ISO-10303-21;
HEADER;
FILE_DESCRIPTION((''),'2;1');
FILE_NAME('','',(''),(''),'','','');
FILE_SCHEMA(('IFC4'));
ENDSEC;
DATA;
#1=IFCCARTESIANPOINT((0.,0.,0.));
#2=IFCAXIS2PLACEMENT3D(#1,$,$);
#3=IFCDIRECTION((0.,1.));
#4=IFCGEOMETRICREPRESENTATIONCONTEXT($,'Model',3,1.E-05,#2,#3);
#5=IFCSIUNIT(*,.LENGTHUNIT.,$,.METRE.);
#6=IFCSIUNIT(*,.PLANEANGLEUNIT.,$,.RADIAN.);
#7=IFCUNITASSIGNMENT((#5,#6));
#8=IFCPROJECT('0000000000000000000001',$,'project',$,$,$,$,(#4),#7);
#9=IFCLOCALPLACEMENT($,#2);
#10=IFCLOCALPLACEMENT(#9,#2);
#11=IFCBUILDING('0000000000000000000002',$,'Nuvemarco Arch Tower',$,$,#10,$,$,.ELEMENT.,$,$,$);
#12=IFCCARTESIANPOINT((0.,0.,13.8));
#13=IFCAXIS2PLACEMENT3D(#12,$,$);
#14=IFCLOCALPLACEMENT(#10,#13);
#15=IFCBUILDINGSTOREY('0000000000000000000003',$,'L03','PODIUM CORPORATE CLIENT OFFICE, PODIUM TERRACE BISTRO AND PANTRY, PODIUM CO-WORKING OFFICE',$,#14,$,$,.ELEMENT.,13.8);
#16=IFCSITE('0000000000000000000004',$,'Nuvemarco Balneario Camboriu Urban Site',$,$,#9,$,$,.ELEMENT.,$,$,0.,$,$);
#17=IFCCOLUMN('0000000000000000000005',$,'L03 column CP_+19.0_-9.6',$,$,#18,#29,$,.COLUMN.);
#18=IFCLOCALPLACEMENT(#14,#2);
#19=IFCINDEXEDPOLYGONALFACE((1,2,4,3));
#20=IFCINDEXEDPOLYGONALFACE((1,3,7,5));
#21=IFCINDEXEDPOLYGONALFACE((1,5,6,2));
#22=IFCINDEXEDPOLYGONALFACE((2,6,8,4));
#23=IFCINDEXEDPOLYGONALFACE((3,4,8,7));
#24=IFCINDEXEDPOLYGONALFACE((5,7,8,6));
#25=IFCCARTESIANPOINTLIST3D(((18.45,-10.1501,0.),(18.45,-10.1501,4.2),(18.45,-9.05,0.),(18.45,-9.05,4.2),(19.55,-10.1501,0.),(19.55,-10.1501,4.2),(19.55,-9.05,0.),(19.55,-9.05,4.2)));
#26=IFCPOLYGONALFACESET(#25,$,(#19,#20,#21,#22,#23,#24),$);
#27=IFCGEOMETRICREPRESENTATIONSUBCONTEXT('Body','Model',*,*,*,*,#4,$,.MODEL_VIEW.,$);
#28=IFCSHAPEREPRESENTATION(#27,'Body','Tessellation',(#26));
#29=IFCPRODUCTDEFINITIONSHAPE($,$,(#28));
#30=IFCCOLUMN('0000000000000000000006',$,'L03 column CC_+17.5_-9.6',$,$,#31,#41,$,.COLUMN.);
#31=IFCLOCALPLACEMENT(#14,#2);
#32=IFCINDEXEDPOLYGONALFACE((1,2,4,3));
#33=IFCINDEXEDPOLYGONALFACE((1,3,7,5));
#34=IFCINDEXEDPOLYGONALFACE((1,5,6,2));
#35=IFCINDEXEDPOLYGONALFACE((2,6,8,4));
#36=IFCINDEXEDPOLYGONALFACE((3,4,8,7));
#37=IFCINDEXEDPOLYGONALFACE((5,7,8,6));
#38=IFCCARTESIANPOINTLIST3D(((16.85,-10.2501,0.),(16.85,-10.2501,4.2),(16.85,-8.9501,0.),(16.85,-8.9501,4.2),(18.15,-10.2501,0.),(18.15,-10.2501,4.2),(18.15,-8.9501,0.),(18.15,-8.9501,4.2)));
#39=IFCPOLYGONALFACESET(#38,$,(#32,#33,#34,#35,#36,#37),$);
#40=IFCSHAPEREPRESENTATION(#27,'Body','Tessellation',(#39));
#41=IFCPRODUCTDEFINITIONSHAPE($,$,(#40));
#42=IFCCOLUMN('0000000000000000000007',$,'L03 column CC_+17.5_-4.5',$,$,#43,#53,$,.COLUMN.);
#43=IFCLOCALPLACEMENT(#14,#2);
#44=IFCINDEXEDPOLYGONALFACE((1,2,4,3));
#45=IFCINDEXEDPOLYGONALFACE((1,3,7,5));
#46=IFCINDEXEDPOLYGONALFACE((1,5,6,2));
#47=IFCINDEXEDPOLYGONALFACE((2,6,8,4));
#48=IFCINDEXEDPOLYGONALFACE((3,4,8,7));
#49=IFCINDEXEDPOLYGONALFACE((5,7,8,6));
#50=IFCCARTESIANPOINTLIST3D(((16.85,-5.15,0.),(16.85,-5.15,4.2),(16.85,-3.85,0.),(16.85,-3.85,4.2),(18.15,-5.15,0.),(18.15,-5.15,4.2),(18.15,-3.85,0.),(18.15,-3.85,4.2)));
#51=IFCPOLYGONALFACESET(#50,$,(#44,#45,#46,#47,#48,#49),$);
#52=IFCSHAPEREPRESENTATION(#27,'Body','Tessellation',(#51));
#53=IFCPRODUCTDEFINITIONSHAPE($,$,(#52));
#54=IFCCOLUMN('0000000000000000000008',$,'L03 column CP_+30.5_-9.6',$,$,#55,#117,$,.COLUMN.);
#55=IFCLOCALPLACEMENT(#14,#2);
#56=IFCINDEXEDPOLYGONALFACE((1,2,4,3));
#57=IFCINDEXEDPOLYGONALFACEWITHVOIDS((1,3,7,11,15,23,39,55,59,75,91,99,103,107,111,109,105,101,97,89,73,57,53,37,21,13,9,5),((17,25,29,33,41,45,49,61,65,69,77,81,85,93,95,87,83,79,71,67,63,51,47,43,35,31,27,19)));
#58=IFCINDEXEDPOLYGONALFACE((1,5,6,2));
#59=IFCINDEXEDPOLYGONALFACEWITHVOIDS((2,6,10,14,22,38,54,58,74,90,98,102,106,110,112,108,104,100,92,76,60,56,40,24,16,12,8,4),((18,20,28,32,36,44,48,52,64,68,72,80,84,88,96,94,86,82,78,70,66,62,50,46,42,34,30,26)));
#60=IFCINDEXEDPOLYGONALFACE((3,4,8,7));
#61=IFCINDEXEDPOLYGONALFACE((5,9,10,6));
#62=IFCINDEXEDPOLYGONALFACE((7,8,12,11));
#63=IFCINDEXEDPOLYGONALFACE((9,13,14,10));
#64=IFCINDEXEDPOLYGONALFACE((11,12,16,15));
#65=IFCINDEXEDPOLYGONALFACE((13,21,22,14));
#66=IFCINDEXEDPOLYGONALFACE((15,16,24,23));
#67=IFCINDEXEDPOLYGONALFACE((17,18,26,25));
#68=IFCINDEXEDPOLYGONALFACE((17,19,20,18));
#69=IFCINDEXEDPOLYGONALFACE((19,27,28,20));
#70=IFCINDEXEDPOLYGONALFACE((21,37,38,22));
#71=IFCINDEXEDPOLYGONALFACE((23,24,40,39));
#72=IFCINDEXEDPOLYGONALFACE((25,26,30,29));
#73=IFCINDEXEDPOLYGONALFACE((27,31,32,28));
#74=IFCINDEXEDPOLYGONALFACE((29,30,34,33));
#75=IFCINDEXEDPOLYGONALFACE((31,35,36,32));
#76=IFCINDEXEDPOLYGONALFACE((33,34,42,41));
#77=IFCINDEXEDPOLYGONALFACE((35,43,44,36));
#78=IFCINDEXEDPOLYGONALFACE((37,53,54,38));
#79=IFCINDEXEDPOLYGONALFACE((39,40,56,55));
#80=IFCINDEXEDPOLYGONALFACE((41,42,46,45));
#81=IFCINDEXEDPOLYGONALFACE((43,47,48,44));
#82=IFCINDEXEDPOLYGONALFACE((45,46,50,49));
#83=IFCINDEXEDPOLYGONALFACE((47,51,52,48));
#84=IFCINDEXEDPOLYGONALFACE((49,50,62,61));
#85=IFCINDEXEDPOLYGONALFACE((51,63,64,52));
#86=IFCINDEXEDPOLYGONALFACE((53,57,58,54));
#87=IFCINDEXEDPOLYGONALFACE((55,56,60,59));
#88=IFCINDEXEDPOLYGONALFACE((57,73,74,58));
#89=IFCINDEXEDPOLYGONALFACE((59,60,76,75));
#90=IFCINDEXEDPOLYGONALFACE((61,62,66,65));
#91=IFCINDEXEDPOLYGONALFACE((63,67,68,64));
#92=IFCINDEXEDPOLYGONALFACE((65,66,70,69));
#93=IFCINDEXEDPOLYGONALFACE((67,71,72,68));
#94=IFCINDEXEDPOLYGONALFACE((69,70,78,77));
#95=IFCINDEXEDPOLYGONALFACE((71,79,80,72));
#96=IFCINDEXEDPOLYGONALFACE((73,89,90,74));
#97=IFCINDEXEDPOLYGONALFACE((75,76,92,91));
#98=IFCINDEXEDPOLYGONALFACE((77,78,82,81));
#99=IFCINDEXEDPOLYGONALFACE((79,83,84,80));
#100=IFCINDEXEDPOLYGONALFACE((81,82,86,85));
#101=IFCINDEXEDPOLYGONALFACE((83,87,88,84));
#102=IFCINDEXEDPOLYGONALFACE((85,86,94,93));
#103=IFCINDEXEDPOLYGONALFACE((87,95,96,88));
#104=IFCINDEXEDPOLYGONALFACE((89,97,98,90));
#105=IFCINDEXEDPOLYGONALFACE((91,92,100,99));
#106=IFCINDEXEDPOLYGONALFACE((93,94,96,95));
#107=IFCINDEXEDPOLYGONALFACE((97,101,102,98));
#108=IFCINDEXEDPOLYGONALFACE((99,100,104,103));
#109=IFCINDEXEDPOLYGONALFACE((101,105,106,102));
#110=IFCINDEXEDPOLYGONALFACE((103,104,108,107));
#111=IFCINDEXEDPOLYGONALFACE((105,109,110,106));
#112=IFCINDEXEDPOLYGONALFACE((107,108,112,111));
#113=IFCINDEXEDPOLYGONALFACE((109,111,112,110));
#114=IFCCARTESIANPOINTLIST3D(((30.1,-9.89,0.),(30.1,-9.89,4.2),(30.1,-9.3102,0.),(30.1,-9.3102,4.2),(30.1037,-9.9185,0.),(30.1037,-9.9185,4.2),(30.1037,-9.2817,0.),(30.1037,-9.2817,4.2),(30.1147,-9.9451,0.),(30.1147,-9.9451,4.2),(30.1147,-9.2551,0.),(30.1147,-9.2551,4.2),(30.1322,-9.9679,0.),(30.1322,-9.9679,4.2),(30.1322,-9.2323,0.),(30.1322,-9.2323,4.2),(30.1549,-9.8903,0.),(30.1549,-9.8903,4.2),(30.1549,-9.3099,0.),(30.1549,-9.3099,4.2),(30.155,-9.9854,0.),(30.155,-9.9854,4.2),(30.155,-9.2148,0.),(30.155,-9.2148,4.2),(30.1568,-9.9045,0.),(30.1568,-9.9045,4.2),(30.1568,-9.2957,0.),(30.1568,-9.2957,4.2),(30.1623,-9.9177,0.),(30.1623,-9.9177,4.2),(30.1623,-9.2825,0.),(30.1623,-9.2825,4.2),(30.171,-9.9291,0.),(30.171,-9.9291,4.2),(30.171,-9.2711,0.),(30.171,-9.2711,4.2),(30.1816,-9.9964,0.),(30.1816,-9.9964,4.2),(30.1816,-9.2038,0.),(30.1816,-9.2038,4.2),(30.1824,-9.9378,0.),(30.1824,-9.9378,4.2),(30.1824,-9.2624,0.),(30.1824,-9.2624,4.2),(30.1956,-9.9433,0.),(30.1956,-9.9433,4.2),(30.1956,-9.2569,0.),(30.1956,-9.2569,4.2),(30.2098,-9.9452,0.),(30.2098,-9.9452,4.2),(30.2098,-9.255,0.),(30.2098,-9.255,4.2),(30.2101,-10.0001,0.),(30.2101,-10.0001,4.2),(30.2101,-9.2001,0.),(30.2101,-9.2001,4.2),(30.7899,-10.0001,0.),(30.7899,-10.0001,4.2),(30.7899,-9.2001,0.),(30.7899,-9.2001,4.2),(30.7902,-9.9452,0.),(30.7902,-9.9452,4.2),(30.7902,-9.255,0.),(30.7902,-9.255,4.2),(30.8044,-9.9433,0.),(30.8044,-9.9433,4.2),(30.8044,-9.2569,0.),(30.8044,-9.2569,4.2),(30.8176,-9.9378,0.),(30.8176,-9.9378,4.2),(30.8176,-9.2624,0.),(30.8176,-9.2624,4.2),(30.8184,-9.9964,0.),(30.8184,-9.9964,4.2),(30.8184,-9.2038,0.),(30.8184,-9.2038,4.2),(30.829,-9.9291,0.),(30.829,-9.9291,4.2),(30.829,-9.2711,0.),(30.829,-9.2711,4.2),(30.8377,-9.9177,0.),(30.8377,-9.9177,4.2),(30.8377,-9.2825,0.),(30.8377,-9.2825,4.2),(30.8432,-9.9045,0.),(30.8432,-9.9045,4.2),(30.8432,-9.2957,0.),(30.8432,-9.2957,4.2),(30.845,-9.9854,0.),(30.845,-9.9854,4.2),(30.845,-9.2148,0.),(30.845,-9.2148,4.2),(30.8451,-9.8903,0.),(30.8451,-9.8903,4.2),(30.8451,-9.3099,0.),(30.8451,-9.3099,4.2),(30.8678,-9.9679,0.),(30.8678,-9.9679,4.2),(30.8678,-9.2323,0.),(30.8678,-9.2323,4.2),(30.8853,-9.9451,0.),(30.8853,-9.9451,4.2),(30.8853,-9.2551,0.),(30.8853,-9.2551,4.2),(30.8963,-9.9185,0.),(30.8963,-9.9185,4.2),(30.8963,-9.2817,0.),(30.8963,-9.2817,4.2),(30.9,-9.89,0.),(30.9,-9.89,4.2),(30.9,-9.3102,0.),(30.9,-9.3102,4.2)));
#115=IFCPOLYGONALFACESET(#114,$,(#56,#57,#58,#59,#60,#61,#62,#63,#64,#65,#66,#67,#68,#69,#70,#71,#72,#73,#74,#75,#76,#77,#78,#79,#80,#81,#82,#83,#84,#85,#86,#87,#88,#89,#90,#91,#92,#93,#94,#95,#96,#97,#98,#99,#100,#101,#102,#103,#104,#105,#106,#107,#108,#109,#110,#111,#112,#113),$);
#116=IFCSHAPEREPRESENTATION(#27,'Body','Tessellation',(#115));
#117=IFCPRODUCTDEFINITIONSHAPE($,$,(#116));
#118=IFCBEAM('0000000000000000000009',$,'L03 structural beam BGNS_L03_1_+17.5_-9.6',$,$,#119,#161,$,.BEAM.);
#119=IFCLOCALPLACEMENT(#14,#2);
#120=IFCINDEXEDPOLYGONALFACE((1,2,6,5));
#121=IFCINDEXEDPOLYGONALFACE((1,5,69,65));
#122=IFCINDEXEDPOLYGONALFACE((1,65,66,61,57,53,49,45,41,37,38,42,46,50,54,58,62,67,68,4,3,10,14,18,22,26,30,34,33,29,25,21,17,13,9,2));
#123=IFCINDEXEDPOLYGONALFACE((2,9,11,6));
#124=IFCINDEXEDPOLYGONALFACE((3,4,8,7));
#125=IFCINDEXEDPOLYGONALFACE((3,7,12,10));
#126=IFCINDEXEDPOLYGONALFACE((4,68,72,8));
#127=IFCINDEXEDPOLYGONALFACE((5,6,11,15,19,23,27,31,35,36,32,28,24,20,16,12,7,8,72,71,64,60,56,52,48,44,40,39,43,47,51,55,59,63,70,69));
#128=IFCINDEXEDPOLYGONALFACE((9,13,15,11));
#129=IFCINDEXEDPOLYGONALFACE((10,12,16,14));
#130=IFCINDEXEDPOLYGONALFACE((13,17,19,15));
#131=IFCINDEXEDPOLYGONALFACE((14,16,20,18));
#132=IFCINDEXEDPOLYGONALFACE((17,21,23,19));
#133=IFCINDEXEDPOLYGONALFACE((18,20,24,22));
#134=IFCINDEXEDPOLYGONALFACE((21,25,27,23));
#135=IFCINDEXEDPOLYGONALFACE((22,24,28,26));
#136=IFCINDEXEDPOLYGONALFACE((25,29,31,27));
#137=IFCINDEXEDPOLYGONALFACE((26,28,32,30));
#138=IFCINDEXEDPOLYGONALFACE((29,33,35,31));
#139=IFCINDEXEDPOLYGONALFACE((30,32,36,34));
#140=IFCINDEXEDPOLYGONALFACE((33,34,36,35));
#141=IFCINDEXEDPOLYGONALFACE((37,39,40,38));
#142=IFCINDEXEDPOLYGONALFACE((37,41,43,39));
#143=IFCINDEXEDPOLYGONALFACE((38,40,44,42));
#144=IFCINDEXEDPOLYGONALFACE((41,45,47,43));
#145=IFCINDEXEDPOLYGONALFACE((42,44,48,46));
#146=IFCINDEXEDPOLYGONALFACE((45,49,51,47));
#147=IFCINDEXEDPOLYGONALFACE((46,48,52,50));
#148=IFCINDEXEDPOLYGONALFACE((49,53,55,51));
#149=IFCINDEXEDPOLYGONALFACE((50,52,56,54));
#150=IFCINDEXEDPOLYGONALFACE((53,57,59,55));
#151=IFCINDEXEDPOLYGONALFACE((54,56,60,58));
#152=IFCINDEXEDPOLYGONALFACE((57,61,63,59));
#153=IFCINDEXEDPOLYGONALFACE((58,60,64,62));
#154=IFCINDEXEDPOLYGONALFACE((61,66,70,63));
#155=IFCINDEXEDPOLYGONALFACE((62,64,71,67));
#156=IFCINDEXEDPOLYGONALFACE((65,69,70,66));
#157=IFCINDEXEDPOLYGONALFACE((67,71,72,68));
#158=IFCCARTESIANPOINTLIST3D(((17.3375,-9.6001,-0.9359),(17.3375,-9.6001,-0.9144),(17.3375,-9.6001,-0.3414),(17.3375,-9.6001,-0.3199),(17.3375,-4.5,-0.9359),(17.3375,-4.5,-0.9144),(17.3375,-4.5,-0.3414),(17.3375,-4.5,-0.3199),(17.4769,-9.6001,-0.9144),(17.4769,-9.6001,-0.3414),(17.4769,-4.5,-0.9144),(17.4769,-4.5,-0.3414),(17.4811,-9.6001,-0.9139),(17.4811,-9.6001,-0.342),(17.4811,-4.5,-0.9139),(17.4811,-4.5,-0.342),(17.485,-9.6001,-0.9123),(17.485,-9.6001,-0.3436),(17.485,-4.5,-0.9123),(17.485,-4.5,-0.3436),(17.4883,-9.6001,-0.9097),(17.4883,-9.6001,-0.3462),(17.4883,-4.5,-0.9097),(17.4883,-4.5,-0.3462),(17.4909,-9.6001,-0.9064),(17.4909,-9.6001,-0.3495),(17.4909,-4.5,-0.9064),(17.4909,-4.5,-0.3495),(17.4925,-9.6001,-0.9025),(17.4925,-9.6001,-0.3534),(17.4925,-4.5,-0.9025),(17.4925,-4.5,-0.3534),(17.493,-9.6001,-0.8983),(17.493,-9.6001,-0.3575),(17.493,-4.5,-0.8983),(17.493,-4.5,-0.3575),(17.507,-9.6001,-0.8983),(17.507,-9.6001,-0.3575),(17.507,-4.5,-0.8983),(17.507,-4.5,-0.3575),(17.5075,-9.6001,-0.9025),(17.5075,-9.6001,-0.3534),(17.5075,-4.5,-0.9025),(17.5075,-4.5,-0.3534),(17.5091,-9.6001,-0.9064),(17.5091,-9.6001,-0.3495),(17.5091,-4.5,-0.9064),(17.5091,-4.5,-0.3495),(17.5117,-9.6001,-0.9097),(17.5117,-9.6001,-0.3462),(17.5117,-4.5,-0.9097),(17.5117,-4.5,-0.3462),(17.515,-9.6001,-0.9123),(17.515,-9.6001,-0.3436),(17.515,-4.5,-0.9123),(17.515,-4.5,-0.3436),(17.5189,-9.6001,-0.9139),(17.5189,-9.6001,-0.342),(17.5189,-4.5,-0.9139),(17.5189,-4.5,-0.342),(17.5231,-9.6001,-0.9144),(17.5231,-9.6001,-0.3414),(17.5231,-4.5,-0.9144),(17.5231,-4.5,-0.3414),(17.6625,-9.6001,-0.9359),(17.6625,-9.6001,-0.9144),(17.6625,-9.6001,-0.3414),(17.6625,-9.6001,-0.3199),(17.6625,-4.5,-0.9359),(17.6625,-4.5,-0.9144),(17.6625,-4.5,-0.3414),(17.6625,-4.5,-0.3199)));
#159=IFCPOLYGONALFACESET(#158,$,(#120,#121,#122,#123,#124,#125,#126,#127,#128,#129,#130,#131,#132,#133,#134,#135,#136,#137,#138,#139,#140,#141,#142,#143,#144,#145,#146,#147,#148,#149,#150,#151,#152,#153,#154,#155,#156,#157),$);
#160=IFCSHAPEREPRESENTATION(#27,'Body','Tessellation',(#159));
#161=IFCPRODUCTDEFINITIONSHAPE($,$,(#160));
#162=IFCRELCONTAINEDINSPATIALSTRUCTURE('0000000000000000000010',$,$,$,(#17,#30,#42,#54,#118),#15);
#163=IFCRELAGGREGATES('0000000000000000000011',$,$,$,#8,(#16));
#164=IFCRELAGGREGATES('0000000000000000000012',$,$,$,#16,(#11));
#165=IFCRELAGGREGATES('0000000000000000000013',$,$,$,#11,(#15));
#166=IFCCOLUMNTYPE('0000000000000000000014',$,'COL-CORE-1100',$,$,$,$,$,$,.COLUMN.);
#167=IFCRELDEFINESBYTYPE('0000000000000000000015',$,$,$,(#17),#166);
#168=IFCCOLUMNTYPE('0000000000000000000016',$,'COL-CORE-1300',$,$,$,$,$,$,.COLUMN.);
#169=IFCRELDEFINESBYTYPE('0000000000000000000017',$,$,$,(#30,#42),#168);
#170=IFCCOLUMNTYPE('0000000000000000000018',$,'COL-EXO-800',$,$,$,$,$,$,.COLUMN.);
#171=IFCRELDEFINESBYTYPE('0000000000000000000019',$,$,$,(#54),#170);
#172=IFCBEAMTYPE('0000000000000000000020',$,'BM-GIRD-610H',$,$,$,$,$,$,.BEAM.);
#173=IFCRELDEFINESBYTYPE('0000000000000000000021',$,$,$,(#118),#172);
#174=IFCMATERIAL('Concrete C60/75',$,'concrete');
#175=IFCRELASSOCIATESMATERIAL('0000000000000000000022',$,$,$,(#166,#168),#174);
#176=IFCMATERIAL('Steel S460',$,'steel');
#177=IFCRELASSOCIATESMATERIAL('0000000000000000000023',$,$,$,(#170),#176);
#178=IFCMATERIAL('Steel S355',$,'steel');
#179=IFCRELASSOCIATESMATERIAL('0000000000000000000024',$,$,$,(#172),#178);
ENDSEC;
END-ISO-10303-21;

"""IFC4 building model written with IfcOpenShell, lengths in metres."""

from ifc_helpers import new_model, si_unit, direction, frame, origin, origin_2d, place, context, subcontext, project, spatial, rectangle, hollow_rectangle, i_section, extrude, material, material_profile, profile_set, type_object, element, save


model = new_model("IFC4")

# Units and contexts
model_context = context("Model", 3, precision=1e-05, world=origin(), true_north=direction((0.0, 1.0)))
body_context = subcontext(model_context, "Body", "Model", "MODEL_VIEW")
ifc_project = project(units=[si_unit("LENGTHUNIT", "METRE"), si_unit("PLANEANGLEUNIT", "RADIAN")], contexts=[model_context])

# Site, building, storey
site_placement = place(None, origin())
site = spatial("IfcSite", under=ifc_project, at=site_placement, Name="Nuvemarco Balneario Camboriu Urban Site", CompositionType="ELEMENT", RefElevation=0.0)
building_placement = place(site_placement, origin())
building = spatial("IfcBuilding", under=site, at=building_placement, Name="Nuvemarco Arch Tower", CompositionType="ELEMENT")
storey_placement = place(building_placement, frame((0.0, 0.0, 13.8)))
storey = spatial("IfcBuildingStorey", under=building, at=storey_placement, Name="L03", Description="PODIUM CORPORATE CLIENT OFFICE, PODIUM TERRACE BISTRO AND PANTRY, PODIUM CO-WORKING OFFICE", CompositionType="ELEMENT", Elevation=13.8)

# Columns
ifc_material_1 = material(Name="Concrete C60/75", Category="concrete")
ifc_material_profile_1 = material_profile(ifc_material_1, rectangle(XDim=1.1001, YDim=1.1001, at=origin_2d()), Name="RC-COL-1100x1100")
ifc_profile_set_1 = profile_set([ifc_material_profile_1], Name="Concrete C60/75")
column_type_1 = type_object("IfcColumnType", Name="COL-CORE-1100", PredefinedType="COLUMN", material=ifc_profile_set_1)
column_1_placement = place(storey_placement, frame((19.0, -9.6001, 0.0), z_axis=(0.0, 0.0, 1.0), x_axis=(1.0, 0.0, 0.0)))
element("IfcColumn", 1, at=column_1_placement, inside=storey, type_object=column_type_1, Name="L03 column CP_+19.0_-9.6", PredefinedType="COLUMN", context=body_context, shape_type="SweptSolid", body=[
    extrude(rectangle(XDim=1.1001, YDim=1.1001, at=origin_2d()), origin(), (0.0, 0.0, 1.0), 4.2),
])
ifc_material_profile_2 = material_profile(ifc_material_1, rectangle(XDim=1.3, YDim=1.3, at=origin_2d()), Name="RC-COL-1300x1300")
ifc_profile_set_2 = profile_set([ifc_material_profile_2], Name="Concrete C60/75")
column_type_2 = type_object("IfcColumnType", Name="COL-CORE-1300", PredefinedType="COLUMN", material=ifc_profile_set_2)
for number, where, z_axis, x_axis, name in (
    (2, (17.5, -9.6001, 0.0), (0.0, 0.0, 1.0), (1.0, 0.0, 0.0), "L03 column CC_+17.5_-9.6"),
    (3, (17.5, -4.5, 0.0), (0.0, 0.0, 1.0), (1.0, 0.0, 0.0), "L03 column CC_+17.5_-4.5"),
):
    element("IfcColumn", number, at=place(storey_placement, frame(where, z_axis=z_axis, x_axis=x_axis)), inside=storey, type_object=column_type_2, Name=name, PredefinedType="COLUMN", context=body_context, shape_type="SweptSolid", body=[
        extrude(rectangle(XDim=1.3, YDim=1.3, at=origin_2d()), origin(), (0.0, 0.0, 1.0), 4.2),
    ])
ifc_material_2 = material(Name="Steel S460", Category="steel")
ifc_material_profile_3 = material_profile(ifc_material_2, hollow_rectangle(XDim=0.8, YDim=0.8, WallThickness=0.0549, InnerFilletRadius=0.0549, OuterFilletRadius=0.1101, at=origin_2d()), Name="SHS800x800x55")
ifc_profile_set_3 = profile_set([ifc_material_profile_3], Name="Steel S460")
column_type_3 = type_object("IfcColumnType", Name="COL-EXO-800", PredefinedType="COLUMN", material=ifc_profile_set_3)
column_2_placement = place(storey_placement, frame((30.5, -9.6001, 0.0), z_axis=(0.0, 0.0, 1.0), x_axis=(1.0, 0.0, 0.0)))
element("IfcColumn", 4, at=column_2_placement, inside=storey, type_object=column_type_3, Name="L03 column CP_+30.5_-9.6", PredefinedType="COLUMN", context=body_context, shape_type="SweptSolid", body=[
    extrude(hollow_rectangle(XDim=0.8, YDim=0.8, WallThickness=0.0549, InnerFilletRadius=0.0549, OuterFilletRadius=0.1101, at=origin_2d()), origin(), (0.0, 0.0, 1.0), 4.2),
])

# Beam
ifc_material_3 = material(Name="Steel S355", Category="steel")
ifc_material_profile_4 = material_profile(ifc_material_3, i_section(OverallWidth=0.325, OverallDepth=0.616, WebThickness=0.0139, FlangeThickness=0.0215, FilletRadius=0.0161, at=origin_2d()), Name="W610x174")
ifc_profile_set_4 = profile_set([ifc_material_profile_4], Name="Steel S355")
beam_type_1 = type_object("IfcBeamType", Name="BM-GIRD-610H", PredefinedType="BEAM", material=ifc_profile_set_4)
beam_1_placement = place(storey_placement, frame((17.5, -9.6001, -0.6279), z_axis=(0.0, 1.0, 0.0), x_axis=(-1.0, 0.0, 0.0)))
element("IfcBeam", 5, at=beam_1_placement, inside=storey, type_object=beam_type_1, Name="L03 structural beam BGNS_L03_1_+17.5_-9.6", PredefinedType="BEAM", context=body_context, shape_type="SweptSolid", body=[
    extrude(i_section(OverallWidth=0.325, OverallDepth=0.616, WebThickness=0.0139, FlangeThickness=0.0215, FilletRadius=0.0161, at=origin_2d()), origin(), (0.0, 0.0, 1.0), 5.1001),
])

save(model, "model.ifc")
